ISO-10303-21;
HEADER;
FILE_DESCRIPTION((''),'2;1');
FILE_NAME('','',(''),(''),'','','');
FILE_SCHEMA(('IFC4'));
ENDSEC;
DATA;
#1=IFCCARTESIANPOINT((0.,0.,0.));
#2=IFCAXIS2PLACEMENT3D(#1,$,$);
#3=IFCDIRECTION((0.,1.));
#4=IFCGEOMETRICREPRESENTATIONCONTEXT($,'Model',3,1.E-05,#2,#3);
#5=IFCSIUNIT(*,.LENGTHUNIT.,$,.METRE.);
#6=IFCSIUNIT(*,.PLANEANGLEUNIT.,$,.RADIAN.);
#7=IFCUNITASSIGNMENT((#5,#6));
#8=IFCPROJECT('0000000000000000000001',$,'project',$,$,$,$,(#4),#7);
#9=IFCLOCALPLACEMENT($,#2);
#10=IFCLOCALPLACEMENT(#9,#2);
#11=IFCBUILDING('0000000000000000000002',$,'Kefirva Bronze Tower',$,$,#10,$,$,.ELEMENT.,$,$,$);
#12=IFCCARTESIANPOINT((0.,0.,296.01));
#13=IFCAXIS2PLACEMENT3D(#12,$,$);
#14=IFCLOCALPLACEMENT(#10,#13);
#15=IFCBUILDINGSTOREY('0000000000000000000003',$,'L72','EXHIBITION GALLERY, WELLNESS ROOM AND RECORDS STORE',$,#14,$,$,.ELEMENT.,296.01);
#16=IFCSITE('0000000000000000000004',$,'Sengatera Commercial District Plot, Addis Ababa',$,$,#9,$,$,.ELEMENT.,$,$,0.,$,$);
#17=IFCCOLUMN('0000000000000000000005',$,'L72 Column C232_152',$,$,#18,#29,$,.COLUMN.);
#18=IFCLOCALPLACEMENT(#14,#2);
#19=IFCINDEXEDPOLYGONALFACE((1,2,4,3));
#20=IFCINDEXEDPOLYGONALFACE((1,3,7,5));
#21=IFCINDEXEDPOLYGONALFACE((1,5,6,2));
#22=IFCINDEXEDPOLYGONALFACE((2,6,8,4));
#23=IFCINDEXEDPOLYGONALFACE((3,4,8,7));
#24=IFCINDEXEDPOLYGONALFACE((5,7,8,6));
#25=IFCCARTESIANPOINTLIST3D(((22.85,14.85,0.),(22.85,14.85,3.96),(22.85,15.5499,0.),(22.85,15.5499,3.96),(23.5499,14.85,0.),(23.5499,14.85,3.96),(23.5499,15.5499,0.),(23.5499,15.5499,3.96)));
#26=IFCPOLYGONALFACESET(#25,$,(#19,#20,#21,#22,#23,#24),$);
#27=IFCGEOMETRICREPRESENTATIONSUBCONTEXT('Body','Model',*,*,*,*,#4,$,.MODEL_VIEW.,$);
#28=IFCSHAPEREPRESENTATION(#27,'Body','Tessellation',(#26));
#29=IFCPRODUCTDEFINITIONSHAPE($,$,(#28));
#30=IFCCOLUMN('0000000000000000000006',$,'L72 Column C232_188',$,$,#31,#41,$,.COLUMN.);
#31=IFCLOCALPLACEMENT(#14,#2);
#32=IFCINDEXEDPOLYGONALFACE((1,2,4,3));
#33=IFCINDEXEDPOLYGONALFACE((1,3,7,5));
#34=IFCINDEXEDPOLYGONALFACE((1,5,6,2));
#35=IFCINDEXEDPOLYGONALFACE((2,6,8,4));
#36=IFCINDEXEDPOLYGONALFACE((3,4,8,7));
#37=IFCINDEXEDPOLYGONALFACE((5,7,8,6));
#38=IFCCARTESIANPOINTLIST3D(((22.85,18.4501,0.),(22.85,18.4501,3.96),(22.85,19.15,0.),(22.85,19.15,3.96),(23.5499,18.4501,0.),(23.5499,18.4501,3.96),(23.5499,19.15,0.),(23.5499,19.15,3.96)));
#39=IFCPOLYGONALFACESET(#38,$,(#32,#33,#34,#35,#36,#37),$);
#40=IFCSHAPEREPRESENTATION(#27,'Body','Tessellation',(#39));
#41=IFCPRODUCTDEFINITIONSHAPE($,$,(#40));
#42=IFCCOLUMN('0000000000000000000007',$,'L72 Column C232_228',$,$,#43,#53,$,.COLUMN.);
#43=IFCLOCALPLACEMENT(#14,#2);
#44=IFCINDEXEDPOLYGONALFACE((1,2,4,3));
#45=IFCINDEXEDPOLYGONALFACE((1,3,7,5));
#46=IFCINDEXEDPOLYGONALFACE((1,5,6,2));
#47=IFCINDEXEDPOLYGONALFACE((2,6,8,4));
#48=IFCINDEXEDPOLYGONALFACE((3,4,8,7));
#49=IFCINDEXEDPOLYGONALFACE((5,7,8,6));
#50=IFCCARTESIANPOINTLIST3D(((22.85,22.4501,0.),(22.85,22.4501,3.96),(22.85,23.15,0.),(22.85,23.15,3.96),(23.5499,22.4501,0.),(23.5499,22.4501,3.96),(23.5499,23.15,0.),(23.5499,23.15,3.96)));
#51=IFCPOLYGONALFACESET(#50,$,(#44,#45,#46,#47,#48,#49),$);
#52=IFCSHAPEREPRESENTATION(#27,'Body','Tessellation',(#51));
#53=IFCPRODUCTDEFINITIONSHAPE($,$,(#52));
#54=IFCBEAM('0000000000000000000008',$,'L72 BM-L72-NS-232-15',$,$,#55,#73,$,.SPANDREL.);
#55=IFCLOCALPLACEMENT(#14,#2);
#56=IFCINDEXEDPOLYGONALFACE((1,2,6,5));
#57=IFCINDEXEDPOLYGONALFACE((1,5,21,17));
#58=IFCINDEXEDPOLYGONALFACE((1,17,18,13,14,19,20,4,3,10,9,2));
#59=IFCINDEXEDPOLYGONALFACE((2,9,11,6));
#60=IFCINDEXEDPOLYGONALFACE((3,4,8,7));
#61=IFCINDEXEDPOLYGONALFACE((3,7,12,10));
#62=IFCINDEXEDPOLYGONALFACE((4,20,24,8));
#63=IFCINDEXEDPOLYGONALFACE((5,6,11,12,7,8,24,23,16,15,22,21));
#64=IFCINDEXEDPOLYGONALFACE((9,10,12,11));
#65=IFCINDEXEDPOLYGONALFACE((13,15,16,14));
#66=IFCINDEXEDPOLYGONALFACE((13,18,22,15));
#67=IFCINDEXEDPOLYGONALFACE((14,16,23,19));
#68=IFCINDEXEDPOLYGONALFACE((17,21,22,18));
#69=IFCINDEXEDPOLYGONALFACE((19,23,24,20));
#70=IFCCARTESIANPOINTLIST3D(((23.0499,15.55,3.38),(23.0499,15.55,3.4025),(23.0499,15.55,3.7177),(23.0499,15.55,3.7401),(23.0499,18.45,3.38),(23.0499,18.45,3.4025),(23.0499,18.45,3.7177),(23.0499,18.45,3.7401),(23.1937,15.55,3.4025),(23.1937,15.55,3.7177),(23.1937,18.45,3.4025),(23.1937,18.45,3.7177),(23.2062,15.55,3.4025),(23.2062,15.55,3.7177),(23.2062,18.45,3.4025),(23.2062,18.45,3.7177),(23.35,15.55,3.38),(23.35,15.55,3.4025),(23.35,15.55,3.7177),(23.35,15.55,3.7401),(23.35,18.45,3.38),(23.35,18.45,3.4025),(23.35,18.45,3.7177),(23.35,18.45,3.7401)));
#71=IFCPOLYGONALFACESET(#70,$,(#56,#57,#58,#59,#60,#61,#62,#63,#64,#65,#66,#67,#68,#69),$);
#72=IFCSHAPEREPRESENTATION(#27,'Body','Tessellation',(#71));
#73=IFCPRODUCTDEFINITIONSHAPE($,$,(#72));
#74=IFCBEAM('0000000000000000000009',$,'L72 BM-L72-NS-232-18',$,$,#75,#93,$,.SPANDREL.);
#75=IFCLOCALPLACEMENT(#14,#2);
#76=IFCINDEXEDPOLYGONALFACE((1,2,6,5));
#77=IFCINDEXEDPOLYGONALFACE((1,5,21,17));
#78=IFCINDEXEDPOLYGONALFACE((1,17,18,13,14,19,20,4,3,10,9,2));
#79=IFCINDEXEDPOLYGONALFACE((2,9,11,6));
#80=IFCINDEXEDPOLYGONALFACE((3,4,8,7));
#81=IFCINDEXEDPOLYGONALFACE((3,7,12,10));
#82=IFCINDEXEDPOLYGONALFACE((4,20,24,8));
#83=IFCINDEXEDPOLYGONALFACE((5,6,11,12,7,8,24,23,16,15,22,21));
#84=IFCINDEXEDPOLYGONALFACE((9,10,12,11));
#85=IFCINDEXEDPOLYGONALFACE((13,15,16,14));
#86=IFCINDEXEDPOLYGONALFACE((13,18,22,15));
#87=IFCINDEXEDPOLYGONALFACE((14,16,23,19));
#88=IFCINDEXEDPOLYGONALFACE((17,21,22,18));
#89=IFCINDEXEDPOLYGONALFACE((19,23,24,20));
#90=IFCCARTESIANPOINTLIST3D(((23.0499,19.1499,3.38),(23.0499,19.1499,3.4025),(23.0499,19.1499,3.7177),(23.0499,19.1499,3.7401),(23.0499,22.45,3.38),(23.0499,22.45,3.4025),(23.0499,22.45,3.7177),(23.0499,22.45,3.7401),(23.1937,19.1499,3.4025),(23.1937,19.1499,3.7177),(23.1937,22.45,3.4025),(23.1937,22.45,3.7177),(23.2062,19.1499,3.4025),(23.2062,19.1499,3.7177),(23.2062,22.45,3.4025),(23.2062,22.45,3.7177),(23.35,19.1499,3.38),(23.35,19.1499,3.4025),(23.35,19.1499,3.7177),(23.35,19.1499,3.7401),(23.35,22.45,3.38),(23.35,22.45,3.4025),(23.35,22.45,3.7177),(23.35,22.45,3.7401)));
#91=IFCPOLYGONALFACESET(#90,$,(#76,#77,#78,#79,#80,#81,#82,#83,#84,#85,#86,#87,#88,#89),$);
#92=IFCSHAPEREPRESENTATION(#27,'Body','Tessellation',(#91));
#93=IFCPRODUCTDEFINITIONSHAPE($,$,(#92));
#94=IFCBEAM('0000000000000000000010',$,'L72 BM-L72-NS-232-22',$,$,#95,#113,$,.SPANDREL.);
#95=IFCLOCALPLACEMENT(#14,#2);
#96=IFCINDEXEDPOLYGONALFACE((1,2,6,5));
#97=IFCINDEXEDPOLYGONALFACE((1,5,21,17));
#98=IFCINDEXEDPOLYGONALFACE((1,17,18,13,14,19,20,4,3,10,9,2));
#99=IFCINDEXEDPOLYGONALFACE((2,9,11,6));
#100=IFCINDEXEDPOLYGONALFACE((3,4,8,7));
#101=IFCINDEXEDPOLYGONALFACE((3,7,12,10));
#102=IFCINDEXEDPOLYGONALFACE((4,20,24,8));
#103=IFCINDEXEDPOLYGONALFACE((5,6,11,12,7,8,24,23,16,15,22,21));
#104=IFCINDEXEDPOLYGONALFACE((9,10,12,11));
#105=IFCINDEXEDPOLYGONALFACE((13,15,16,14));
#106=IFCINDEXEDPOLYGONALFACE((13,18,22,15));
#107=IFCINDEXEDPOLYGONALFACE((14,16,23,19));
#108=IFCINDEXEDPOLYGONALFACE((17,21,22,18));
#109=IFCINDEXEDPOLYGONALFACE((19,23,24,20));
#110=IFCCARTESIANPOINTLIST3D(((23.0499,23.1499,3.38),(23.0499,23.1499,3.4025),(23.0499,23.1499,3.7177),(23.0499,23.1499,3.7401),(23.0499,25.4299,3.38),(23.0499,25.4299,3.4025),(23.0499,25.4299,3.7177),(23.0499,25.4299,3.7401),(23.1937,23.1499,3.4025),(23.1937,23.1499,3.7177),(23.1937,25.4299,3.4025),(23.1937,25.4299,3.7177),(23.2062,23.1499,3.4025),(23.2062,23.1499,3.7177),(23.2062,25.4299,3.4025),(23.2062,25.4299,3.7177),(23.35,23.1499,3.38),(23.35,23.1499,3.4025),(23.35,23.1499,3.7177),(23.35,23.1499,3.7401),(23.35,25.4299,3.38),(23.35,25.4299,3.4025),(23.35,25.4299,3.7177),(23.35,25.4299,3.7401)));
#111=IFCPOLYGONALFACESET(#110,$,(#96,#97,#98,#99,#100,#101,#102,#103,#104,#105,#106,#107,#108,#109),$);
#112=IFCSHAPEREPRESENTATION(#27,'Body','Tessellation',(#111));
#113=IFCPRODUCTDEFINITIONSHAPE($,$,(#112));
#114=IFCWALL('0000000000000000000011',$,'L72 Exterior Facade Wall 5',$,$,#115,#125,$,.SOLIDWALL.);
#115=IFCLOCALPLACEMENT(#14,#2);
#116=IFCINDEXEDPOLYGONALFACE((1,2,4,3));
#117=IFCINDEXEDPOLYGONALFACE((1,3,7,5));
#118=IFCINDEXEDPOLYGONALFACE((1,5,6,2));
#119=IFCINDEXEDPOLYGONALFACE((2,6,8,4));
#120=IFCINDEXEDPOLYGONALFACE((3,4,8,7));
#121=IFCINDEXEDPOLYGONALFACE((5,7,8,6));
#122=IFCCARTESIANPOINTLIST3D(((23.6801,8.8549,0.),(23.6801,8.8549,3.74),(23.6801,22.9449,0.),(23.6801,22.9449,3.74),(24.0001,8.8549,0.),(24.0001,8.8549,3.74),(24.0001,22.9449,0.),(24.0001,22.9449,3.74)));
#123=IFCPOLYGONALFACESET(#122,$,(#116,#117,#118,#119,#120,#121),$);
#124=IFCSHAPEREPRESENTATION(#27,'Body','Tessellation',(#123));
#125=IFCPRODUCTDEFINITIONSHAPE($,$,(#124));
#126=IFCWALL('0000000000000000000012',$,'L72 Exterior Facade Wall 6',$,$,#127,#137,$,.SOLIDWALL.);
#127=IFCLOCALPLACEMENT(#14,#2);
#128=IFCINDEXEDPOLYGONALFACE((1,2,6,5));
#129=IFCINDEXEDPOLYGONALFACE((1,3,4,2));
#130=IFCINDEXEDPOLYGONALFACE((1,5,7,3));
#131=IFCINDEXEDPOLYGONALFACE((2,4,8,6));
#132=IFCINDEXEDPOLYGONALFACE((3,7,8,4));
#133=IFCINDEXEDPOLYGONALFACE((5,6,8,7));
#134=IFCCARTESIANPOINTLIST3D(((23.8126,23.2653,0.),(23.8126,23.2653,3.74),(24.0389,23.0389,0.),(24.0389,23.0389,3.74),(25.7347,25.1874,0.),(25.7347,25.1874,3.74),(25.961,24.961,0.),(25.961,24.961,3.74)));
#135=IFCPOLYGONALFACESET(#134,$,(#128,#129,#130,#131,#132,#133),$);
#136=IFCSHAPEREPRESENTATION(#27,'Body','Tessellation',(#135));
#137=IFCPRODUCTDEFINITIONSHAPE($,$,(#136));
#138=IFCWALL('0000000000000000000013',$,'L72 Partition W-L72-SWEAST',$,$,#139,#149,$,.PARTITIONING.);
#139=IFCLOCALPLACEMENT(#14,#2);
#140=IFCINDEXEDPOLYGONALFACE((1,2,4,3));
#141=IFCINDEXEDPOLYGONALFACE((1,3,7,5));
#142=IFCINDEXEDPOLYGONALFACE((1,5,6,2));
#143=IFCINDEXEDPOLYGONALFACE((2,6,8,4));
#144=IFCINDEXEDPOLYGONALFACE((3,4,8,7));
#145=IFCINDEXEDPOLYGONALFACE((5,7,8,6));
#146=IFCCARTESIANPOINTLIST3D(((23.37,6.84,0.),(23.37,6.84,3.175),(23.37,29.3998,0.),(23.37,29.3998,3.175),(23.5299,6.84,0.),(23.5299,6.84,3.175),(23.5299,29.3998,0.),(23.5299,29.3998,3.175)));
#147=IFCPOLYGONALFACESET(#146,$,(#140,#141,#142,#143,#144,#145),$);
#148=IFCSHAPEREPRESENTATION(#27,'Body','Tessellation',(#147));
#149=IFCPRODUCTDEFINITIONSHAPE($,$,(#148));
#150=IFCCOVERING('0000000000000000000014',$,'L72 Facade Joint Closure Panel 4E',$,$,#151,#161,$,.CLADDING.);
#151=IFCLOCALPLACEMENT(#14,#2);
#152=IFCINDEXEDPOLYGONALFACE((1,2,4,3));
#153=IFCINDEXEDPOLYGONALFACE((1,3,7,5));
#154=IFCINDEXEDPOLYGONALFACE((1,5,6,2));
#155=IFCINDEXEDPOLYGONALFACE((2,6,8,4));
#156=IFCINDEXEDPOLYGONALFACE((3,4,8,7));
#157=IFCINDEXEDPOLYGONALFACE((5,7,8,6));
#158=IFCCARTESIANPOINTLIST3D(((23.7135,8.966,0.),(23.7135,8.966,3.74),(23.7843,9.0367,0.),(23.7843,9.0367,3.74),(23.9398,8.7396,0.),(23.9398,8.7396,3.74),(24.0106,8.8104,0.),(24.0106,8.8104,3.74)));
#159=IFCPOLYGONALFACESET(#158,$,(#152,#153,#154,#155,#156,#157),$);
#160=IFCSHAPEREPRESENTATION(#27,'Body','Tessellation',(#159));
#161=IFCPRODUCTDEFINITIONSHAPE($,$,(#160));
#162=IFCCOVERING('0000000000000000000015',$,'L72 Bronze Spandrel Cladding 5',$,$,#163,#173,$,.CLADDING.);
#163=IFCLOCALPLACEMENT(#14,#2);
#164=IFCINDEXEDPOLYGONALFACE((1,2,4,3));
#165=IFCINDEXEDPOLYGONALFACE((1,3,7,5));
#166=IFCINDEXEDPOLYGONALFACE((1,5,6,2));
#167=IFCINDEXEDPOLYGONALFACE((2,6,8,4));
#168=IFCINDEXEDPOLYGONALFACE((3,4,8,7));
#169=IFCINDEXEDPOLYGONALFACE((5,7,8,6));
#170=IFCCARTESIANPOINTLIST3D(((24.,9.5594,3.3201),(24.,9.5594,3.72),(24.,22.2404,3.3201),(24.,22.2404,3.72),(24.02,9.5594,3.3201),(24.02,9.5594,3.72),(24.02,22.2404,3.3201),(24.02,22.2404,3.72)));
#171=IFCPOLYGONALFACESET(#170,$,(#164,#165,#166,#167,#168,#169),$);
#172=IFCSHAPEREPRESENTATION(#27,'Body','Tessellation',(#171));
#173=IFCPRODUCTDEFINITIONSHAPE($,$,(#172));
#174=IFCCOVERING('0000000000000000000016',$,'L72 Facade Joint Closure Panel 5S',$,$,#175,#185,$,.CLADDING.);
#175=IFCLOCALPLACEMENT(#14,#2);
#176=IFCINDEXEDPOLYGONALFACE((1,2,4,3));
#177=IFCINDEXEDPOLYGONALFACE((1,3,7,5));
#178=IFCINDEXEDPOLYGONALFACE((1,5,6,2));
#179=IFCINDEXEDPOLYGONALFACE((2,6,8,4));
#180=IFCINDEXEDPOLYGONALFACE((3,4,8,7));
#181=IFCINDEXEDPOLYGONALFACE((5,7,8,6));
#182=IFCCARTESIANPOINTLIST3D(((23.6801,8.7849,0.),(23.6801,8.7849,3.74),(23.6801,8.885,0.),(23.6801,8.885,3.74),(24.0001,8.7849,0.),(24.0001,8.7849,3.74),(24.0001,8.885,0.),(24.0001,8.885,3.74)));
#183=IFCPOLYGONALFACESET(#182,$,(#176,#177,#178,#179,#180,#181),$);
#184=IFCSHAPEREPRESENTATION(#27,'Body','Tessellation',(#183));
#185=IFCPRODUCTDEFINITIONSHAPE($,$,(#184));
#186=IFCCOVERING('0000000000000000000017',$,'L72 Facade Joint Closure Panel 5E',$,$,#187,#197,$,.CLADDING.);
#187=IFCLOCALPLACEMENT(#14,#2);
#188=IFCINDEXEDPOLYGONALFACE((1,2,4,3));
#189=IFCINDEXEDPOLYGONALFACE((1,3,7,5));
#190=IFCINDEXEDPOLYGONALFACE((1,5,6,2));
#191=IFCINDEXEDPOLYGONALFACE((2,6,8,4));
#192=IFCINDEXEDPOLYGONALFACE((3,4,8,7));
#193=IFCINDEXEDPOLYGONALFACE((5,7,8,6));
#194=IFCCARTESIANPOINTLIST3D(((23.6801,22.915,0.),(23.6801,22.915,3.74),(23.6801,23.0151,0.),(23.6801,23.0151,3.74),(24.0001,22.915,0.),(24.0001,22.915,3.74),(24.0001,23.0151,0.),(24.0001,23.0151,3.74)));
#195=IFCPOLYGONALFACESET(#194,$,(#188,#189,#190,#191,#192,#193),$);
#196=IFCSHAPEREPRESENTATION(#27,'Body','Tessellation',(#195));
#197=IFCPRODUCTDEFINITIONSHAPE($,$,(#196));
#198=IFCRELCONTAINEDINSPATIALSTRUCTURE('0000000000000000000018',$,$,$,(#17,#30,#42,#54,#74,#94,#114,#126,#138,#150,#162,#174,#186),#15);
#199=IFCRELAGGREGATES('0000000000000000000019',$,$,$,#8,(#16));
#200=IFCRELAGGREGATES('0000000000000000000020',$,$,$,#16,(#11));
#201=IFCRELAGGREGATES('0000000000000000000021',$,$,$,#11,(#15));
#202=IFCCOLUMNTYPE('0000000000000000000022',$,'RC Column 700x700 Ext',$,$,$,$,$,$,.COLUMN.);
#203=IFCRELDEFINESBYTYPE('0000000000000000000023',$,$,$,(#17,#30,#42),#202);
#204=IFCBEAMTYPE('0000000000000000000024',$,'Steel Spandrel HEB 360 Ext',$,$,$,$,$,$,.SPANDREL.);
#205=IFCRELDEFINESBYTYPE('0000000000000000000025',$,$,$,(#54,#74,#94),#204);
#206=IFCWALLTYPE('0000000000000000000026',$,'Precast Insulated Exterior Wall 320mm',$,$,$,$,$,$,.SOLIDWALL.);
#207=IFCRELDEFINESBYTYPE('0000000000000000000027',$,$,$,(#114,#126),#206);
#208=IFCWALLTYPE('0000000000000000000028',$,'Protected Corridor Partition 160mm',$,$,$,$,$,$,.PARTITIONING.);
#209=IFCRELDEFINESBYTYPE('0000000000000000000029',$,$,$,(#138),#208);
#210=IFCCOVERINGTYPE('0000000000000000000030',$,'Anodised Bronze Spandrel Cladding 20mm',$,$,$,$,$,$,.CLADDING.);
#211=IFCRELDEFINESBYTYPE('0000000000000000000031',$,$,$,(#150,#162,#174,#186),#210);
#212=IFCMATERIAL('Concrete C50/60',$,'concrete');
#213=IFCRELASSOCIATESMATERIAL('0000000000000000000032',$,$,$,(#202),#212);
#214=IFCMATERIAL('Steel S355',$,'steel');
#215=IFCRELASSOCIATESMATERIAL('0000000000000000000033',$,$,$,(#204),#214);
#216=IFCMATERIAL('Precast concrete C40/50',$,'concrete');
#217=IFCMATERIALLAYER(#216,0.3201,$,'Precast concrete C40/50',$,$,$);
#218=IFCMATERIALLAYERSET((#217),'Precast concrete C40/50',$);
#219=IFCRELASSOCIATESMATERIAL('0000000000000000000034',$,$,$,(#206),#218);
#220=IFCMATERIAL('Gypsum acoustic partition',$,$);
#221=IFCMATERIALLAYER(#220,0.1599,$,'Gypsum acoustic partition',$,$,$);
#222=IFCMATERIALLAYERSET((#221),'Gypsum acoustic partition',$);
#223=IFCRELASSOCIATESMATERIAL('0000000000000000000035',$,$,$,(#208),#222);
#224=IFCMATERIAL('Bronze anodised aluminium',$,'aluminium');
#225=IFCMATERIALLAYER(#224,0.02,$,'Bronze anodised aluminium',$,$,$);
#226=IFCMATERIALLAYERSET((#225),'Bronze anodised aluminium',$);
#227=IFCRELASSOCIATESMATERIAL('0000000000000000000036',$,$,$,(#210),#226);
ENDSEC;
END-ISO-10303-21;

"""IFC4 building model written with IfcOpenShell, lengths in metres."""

from ifc_helpers import new_model, si_unit, direction, frame, frame_2d, origin, origin_2d, place, context, subcontext, project, spatial, rectangle, i_section, extrude, material, layer, layer_set, material_profile, profile_set, type_object, element, save


model = new_model("IFC4")

# Units and contexts
model_context = context("Model", 3, precision=1e-05, world=origin(), true_north=direction((0.0, 1.0)))
body_context = subcontext(model_context, "Body", "Model", "MODEL_VIEW")
ifc_project = project(units=[si_unit("LENGTHUNIT", "METRE"), si_unit("PLANEANGLEUNIT", "RADIAN")], contexts=[model_context])

# Site, building, storey
site_placement = place(None, origin())
site = spatial("IfcSite", under=ifc_project, at=site_placement, Name="Sengatera Commercial District Plot, Addis Ababa", CompositionType="ELEMENT", RefElevation=0.0)
building_placement = place(site_placement, origin())
building = spatial("IfcBuilding", under=site, at=building_placement, Name="Kefirva Bronze Tower", CompositionType="ELEMENT")
storey_placement = place(building_placement, frame((0.0, 0.0, 296.01)))
storey = spatial("IfcBuildingStorey", under=building, at=storey_placement, Name="L72", Description="EXHIBITION GALLERY, WELLNESS ROOM AND RECORDS STORE", CompositionType="ELEMENT", Elevation=296.01)

# Columns
ifc_material_1 = material(Name="Concrete C50/60", Category="concrete")
ifc_material_profile_1 = material_profile(ifc_material_1, rectangle(XDim=0.7, YDim=0.7, at=origin_2d()), Name="RC 700x700")
ifc_profile_set_1 = profile_set([ifc_material_profile_1], Name="Concrete C50/60")
column_type = type_object("IfcColumnType", Name="RC Column 700x700 Ext", PredefinedType="COLUMN", material=ifc_profile_set_1)
for number, where, z_axis, x_axis, name in (
    (1, (23.2, 15.2, 0.0), (0.0, 0.0, 1.0), (1.0, 0.0, 0.0), "L72 Column C232_152"),
    (2, (23.2, 18.8, 0.0), (0.0, 0.0, 1.0), (1.0, 0.0, 0.0), "L72 Column C232_188"),
    (3, (23.2, 22.8, 0.0), (0.0, 0.0, 1.0), (1.0, 0.0, 0.0), "L72 Column C232_228"),
):
    element("IfcColumn", number, at=place(storey_placement, frame(where, z_axis=z_axis, x_axis=x_axis)), inside=storey, type_object=column_type, Name=name, PredefinedType="COLUMN", context=body_context, shape_type="SweptSolid", body=[
        extrude(rectangle(XDim=0.7, YDim=0.7, at=origin_2d()), origin(), (0.0, 0.0, 1.0), 3.96),
    ])

# Beams
ifc_material_2 = material(Name="Steel S355", Category="steel")
ifc_material_profile_2 = material_profile(ifc_material_2, i_section(OverallWidth=0.3, OverallDepth=0.3601, WebThickness=0.0125, FlangeThickness=0.0225, at=origin_2d()), Name="HEB 360")
ifc_profile_set_2 = profile_set([ifc_material_profile_2], Name="Steel S355")
beam_type = type_object("IfcBeamType", Name="Steel Spandrel HEB 360 Ext", PredefinedType="SPANDREL", material=ifc_profile_set_2)
beam_1_placement = place(storey_placement, frame((23.2, 15.55, 3.5601), z_axis=(0.0, 1.0, 0.0), x_axis=(-1.0, 0.0, 0.0)))
element("IfcBeam", 4, at=beam_1_placement, inside=storey, type_object=beam_type, Name="L72 BM-L72-NS-232-15", PredefinedType="SPANDREL", context=body_context, shape_type="SweptSolid", body=[
    extrude(i_section(OverallWidth=0.3, OverallDepth=0.3601, WebThickness=0.0125, FlangeThickness=0.0225, at=origin_2d()), origin(), (0.0, 0.0, 1.0), 2.8999),
])
beam_2_placement = place(storey_placement, frame((23.2, 19.1499, 3.5601), z_axis=(0.0, 1.0, 0.0), x_axis=(-1.0, 0.0, 0.0)))
element("IfcBeam", 5, at=beam_2_placement, inside=storey, type_object=beam_type, Name="L72 BM-L72-NS-232-18", PredefinedType="SPANDREL", context=body_context, shape_type="SweptSolid", body=[
    extrude(i_section(OverallWidth=0.3, OverallDepth=0.3601, WebThickness=0.0125, FlangeThickness=0.0225, at=origin_2d()), origin(), (0.0, 0.0, 1.0), 3.3),
])
beam_3_placement = place(storey_placement, frame((23.2, 23.1499, 3.5601), z_axis=(0.0, 1.0, 0.0), x_axis=(-1.0, 0.0, 0.0)))
element("IfcBeam", 6, at=beam_3_placement, inside=storey, type_object=beam_type, Name="L72 BM-L72-NS-232-22", PredefinedType="SPANDREL", context=body_context, shape_type="SweptSolid", body=[
    extrude(i_section(OverallWidth=0.3, OverallDepth=0.3601, WebThickness=0.0125, FlangeThickness=0.0225, at=origin_2d()), origin(), (0.0, 0.0, 1.0), 2.28),
])

# Walls
ifc_material_3 = material(Name="Precast concrete C40/50", Category="concrete")
ifc_layer_1 = layer(ifc_material_3, 0.3201, Name="Precast concrete C40/50")
ifc_layer_set_1 = layer_set([ifc_layer_1], Name="Precast concrete C40/50")
wall_type_1 = type_object("IfcWallType", Name="Precast Insulated Exterior Wall 320mm", PredefinedType="SOLIDWALL", material=ifc_layer_set_1)
wall_1_placement = place(storey_placement, frame((23.8401, 8.855, 0.0), z_axis=(0.0, 0.0, 1.0), x_axis=(0.0, 1.0, 0.0)))
element("IfcWall", 7, at=wall_1_placement, inside=storey, type_object=wall_type_1, Name="L72 Exterior Facade Wall 5", PredefinedType="SOLIDWALL", context=body_context, shape_type="SweptSolid", body=[
    extrude(rectangle(XDim=14.0901, YDim=0.3201, at=frame_2d((7.0449, 0.0))), origin(), (0.0, 0.0, 1.0), 3.74),
])
wall_2_placement = place(storey_placement, frame((23.9258, 23.1521, 0.0), z_axis=(0.0, 0.0, 1.0), x_axis=(0.707107, 0.707107, 0.0)))
element("IfcWall", 8, at=wall_2_placement, inside=storey, type_object=wall_type_1, Name="L72 Exterior Facade Wall 6", PredefinedType="SOLIDWALL", context=body_context, shape_type="SweptSolid", body=[
    extrude(rectangle(XDim=2.7183, YDim=0.3201, at=frame_2d((1.3591, 0.0))), origin(), (0.0, 0.0, 1.0), 3.74),
])
ifc_material_4 = material(Name="Gypsum acoustic partition")
ifc_layer_2 = layer(ifc_material_4, 0.1599, Name="Gypsum acoustic partition")
ifc_layer_set_2 = layer_set([ifc_layer_2], Name="Gypsum acoustic partition")
wall_type_2 = type_object("IfcWallType", Name="Protected Corridor Partition 160mm", PredefinedType="PARTITIONING", material=ifc_layer_set_2)
wall_3_placement = place(storey_placement, frame((23.45, 6.8401, 0.0), z_axis=(0.0, 0.0, 1.0), x_axis=(0.0, 1.0, 0.0)))
element("IfcWall", 9, at=wall_3_placement, inside=storey, type_object=wall_type_2, Name="L72 Partition W-L72-SWEAST", PredefinedType="PARTITIONING", context=body_context, shape_type="SweptSolid", body=[
    extrude(rectangle(XDim=22.5598, YDim=0.1599, at=frame_2d((11.2798, 0.0))), origin(), (0.0, 0.0, 1.0), 3.175),
])

# Coverings
ifc_material_5 = material(Name="Bronze anodised aluminium", Category="aluminium")
ifc_layer_3 = layer(ifc_material_5, 0.02, Name="Bronze anodised aluminium")
ifc_layer_set_3 = layer_set([ifc_layer_3], Name="Bronze anodised aluminium")
covering_type_1 = type_object("IfcCoveringType", Name="Anodised Bronze Spandrel Cladding 20mm", PredefinedType="CLADDING", material=ifc_layer_set_3)
covering_1_placement = place(storey_placement, frame((23.8621, 8.8882, 0.0), z_axis=(0.0, 0.0, 1.0), x_axis=(0.707107, 0.707107, 0.0)))
element("IfcCovering", 10, at=covering_1_placement, inside=storey, type_object=covering_type_1, Name="L72 Facade Joint Closure Panel 4E", PredefinedType="CLADDING", context=body_context, shape_type="SweptSolid", body=[
    extrude(rectangle(XDim=0.1001, YDim=0.3201, at=origin_2d()), origin(), (0.0, 0.0, 1.0), 3.74),
])
covering_2_placement = place(storey_placement, frame((24.01, 15.8999, 3.3201), z_axis=(0.0, 0.0, 1.0), x_axis=(0.0, 1.0, 0.0)))
element("IfcCovering", 11, at=covering_2_placement, inside=storey, type_object=covering_type_1, Name="L72 Bronze Spandrel Cladding 5", PredefinedType="CLADDING", context=body_context, shape_type="SweptSolid", body=[
    extrude(rectangle(XDim=12.6809, YDim=0.02, at=origin_2d()), origin(), (0.0, 0.0, 1.0), 0.3999),
])
for number, where, z_axis, x_axis, name in (
    (12, (23.8401, 8.835, 0.0), (0.0, 0.0, 1.0), (0.0, 1.0, 0.0), "L72 Facade Joint Closure Panel 5S"),
    (13, (23.8401, 22.9651, 0.0), (0.0, 0.0, 1.0), (0.0, 1.0, 0.0), "L72 Facade Joint Closure Panel 5E"),
):
    element("IfcCovering", number, at=place(storey_placement, frame(where, z_axis=z_axis, x_axis=x_axis)), inside=storey, type_object=covering_type_1, Name=name, PredefinedType="CLADDING", context=body_context, shape_type="SweptSolid", body=[
        extrude(rectangle(XDim=0.1001, YDim=0.3201, at=origin_2d()), origin(), (0.0, 0.0, 1.0), 3.74),
    ])

save(model, "model.ifc")
